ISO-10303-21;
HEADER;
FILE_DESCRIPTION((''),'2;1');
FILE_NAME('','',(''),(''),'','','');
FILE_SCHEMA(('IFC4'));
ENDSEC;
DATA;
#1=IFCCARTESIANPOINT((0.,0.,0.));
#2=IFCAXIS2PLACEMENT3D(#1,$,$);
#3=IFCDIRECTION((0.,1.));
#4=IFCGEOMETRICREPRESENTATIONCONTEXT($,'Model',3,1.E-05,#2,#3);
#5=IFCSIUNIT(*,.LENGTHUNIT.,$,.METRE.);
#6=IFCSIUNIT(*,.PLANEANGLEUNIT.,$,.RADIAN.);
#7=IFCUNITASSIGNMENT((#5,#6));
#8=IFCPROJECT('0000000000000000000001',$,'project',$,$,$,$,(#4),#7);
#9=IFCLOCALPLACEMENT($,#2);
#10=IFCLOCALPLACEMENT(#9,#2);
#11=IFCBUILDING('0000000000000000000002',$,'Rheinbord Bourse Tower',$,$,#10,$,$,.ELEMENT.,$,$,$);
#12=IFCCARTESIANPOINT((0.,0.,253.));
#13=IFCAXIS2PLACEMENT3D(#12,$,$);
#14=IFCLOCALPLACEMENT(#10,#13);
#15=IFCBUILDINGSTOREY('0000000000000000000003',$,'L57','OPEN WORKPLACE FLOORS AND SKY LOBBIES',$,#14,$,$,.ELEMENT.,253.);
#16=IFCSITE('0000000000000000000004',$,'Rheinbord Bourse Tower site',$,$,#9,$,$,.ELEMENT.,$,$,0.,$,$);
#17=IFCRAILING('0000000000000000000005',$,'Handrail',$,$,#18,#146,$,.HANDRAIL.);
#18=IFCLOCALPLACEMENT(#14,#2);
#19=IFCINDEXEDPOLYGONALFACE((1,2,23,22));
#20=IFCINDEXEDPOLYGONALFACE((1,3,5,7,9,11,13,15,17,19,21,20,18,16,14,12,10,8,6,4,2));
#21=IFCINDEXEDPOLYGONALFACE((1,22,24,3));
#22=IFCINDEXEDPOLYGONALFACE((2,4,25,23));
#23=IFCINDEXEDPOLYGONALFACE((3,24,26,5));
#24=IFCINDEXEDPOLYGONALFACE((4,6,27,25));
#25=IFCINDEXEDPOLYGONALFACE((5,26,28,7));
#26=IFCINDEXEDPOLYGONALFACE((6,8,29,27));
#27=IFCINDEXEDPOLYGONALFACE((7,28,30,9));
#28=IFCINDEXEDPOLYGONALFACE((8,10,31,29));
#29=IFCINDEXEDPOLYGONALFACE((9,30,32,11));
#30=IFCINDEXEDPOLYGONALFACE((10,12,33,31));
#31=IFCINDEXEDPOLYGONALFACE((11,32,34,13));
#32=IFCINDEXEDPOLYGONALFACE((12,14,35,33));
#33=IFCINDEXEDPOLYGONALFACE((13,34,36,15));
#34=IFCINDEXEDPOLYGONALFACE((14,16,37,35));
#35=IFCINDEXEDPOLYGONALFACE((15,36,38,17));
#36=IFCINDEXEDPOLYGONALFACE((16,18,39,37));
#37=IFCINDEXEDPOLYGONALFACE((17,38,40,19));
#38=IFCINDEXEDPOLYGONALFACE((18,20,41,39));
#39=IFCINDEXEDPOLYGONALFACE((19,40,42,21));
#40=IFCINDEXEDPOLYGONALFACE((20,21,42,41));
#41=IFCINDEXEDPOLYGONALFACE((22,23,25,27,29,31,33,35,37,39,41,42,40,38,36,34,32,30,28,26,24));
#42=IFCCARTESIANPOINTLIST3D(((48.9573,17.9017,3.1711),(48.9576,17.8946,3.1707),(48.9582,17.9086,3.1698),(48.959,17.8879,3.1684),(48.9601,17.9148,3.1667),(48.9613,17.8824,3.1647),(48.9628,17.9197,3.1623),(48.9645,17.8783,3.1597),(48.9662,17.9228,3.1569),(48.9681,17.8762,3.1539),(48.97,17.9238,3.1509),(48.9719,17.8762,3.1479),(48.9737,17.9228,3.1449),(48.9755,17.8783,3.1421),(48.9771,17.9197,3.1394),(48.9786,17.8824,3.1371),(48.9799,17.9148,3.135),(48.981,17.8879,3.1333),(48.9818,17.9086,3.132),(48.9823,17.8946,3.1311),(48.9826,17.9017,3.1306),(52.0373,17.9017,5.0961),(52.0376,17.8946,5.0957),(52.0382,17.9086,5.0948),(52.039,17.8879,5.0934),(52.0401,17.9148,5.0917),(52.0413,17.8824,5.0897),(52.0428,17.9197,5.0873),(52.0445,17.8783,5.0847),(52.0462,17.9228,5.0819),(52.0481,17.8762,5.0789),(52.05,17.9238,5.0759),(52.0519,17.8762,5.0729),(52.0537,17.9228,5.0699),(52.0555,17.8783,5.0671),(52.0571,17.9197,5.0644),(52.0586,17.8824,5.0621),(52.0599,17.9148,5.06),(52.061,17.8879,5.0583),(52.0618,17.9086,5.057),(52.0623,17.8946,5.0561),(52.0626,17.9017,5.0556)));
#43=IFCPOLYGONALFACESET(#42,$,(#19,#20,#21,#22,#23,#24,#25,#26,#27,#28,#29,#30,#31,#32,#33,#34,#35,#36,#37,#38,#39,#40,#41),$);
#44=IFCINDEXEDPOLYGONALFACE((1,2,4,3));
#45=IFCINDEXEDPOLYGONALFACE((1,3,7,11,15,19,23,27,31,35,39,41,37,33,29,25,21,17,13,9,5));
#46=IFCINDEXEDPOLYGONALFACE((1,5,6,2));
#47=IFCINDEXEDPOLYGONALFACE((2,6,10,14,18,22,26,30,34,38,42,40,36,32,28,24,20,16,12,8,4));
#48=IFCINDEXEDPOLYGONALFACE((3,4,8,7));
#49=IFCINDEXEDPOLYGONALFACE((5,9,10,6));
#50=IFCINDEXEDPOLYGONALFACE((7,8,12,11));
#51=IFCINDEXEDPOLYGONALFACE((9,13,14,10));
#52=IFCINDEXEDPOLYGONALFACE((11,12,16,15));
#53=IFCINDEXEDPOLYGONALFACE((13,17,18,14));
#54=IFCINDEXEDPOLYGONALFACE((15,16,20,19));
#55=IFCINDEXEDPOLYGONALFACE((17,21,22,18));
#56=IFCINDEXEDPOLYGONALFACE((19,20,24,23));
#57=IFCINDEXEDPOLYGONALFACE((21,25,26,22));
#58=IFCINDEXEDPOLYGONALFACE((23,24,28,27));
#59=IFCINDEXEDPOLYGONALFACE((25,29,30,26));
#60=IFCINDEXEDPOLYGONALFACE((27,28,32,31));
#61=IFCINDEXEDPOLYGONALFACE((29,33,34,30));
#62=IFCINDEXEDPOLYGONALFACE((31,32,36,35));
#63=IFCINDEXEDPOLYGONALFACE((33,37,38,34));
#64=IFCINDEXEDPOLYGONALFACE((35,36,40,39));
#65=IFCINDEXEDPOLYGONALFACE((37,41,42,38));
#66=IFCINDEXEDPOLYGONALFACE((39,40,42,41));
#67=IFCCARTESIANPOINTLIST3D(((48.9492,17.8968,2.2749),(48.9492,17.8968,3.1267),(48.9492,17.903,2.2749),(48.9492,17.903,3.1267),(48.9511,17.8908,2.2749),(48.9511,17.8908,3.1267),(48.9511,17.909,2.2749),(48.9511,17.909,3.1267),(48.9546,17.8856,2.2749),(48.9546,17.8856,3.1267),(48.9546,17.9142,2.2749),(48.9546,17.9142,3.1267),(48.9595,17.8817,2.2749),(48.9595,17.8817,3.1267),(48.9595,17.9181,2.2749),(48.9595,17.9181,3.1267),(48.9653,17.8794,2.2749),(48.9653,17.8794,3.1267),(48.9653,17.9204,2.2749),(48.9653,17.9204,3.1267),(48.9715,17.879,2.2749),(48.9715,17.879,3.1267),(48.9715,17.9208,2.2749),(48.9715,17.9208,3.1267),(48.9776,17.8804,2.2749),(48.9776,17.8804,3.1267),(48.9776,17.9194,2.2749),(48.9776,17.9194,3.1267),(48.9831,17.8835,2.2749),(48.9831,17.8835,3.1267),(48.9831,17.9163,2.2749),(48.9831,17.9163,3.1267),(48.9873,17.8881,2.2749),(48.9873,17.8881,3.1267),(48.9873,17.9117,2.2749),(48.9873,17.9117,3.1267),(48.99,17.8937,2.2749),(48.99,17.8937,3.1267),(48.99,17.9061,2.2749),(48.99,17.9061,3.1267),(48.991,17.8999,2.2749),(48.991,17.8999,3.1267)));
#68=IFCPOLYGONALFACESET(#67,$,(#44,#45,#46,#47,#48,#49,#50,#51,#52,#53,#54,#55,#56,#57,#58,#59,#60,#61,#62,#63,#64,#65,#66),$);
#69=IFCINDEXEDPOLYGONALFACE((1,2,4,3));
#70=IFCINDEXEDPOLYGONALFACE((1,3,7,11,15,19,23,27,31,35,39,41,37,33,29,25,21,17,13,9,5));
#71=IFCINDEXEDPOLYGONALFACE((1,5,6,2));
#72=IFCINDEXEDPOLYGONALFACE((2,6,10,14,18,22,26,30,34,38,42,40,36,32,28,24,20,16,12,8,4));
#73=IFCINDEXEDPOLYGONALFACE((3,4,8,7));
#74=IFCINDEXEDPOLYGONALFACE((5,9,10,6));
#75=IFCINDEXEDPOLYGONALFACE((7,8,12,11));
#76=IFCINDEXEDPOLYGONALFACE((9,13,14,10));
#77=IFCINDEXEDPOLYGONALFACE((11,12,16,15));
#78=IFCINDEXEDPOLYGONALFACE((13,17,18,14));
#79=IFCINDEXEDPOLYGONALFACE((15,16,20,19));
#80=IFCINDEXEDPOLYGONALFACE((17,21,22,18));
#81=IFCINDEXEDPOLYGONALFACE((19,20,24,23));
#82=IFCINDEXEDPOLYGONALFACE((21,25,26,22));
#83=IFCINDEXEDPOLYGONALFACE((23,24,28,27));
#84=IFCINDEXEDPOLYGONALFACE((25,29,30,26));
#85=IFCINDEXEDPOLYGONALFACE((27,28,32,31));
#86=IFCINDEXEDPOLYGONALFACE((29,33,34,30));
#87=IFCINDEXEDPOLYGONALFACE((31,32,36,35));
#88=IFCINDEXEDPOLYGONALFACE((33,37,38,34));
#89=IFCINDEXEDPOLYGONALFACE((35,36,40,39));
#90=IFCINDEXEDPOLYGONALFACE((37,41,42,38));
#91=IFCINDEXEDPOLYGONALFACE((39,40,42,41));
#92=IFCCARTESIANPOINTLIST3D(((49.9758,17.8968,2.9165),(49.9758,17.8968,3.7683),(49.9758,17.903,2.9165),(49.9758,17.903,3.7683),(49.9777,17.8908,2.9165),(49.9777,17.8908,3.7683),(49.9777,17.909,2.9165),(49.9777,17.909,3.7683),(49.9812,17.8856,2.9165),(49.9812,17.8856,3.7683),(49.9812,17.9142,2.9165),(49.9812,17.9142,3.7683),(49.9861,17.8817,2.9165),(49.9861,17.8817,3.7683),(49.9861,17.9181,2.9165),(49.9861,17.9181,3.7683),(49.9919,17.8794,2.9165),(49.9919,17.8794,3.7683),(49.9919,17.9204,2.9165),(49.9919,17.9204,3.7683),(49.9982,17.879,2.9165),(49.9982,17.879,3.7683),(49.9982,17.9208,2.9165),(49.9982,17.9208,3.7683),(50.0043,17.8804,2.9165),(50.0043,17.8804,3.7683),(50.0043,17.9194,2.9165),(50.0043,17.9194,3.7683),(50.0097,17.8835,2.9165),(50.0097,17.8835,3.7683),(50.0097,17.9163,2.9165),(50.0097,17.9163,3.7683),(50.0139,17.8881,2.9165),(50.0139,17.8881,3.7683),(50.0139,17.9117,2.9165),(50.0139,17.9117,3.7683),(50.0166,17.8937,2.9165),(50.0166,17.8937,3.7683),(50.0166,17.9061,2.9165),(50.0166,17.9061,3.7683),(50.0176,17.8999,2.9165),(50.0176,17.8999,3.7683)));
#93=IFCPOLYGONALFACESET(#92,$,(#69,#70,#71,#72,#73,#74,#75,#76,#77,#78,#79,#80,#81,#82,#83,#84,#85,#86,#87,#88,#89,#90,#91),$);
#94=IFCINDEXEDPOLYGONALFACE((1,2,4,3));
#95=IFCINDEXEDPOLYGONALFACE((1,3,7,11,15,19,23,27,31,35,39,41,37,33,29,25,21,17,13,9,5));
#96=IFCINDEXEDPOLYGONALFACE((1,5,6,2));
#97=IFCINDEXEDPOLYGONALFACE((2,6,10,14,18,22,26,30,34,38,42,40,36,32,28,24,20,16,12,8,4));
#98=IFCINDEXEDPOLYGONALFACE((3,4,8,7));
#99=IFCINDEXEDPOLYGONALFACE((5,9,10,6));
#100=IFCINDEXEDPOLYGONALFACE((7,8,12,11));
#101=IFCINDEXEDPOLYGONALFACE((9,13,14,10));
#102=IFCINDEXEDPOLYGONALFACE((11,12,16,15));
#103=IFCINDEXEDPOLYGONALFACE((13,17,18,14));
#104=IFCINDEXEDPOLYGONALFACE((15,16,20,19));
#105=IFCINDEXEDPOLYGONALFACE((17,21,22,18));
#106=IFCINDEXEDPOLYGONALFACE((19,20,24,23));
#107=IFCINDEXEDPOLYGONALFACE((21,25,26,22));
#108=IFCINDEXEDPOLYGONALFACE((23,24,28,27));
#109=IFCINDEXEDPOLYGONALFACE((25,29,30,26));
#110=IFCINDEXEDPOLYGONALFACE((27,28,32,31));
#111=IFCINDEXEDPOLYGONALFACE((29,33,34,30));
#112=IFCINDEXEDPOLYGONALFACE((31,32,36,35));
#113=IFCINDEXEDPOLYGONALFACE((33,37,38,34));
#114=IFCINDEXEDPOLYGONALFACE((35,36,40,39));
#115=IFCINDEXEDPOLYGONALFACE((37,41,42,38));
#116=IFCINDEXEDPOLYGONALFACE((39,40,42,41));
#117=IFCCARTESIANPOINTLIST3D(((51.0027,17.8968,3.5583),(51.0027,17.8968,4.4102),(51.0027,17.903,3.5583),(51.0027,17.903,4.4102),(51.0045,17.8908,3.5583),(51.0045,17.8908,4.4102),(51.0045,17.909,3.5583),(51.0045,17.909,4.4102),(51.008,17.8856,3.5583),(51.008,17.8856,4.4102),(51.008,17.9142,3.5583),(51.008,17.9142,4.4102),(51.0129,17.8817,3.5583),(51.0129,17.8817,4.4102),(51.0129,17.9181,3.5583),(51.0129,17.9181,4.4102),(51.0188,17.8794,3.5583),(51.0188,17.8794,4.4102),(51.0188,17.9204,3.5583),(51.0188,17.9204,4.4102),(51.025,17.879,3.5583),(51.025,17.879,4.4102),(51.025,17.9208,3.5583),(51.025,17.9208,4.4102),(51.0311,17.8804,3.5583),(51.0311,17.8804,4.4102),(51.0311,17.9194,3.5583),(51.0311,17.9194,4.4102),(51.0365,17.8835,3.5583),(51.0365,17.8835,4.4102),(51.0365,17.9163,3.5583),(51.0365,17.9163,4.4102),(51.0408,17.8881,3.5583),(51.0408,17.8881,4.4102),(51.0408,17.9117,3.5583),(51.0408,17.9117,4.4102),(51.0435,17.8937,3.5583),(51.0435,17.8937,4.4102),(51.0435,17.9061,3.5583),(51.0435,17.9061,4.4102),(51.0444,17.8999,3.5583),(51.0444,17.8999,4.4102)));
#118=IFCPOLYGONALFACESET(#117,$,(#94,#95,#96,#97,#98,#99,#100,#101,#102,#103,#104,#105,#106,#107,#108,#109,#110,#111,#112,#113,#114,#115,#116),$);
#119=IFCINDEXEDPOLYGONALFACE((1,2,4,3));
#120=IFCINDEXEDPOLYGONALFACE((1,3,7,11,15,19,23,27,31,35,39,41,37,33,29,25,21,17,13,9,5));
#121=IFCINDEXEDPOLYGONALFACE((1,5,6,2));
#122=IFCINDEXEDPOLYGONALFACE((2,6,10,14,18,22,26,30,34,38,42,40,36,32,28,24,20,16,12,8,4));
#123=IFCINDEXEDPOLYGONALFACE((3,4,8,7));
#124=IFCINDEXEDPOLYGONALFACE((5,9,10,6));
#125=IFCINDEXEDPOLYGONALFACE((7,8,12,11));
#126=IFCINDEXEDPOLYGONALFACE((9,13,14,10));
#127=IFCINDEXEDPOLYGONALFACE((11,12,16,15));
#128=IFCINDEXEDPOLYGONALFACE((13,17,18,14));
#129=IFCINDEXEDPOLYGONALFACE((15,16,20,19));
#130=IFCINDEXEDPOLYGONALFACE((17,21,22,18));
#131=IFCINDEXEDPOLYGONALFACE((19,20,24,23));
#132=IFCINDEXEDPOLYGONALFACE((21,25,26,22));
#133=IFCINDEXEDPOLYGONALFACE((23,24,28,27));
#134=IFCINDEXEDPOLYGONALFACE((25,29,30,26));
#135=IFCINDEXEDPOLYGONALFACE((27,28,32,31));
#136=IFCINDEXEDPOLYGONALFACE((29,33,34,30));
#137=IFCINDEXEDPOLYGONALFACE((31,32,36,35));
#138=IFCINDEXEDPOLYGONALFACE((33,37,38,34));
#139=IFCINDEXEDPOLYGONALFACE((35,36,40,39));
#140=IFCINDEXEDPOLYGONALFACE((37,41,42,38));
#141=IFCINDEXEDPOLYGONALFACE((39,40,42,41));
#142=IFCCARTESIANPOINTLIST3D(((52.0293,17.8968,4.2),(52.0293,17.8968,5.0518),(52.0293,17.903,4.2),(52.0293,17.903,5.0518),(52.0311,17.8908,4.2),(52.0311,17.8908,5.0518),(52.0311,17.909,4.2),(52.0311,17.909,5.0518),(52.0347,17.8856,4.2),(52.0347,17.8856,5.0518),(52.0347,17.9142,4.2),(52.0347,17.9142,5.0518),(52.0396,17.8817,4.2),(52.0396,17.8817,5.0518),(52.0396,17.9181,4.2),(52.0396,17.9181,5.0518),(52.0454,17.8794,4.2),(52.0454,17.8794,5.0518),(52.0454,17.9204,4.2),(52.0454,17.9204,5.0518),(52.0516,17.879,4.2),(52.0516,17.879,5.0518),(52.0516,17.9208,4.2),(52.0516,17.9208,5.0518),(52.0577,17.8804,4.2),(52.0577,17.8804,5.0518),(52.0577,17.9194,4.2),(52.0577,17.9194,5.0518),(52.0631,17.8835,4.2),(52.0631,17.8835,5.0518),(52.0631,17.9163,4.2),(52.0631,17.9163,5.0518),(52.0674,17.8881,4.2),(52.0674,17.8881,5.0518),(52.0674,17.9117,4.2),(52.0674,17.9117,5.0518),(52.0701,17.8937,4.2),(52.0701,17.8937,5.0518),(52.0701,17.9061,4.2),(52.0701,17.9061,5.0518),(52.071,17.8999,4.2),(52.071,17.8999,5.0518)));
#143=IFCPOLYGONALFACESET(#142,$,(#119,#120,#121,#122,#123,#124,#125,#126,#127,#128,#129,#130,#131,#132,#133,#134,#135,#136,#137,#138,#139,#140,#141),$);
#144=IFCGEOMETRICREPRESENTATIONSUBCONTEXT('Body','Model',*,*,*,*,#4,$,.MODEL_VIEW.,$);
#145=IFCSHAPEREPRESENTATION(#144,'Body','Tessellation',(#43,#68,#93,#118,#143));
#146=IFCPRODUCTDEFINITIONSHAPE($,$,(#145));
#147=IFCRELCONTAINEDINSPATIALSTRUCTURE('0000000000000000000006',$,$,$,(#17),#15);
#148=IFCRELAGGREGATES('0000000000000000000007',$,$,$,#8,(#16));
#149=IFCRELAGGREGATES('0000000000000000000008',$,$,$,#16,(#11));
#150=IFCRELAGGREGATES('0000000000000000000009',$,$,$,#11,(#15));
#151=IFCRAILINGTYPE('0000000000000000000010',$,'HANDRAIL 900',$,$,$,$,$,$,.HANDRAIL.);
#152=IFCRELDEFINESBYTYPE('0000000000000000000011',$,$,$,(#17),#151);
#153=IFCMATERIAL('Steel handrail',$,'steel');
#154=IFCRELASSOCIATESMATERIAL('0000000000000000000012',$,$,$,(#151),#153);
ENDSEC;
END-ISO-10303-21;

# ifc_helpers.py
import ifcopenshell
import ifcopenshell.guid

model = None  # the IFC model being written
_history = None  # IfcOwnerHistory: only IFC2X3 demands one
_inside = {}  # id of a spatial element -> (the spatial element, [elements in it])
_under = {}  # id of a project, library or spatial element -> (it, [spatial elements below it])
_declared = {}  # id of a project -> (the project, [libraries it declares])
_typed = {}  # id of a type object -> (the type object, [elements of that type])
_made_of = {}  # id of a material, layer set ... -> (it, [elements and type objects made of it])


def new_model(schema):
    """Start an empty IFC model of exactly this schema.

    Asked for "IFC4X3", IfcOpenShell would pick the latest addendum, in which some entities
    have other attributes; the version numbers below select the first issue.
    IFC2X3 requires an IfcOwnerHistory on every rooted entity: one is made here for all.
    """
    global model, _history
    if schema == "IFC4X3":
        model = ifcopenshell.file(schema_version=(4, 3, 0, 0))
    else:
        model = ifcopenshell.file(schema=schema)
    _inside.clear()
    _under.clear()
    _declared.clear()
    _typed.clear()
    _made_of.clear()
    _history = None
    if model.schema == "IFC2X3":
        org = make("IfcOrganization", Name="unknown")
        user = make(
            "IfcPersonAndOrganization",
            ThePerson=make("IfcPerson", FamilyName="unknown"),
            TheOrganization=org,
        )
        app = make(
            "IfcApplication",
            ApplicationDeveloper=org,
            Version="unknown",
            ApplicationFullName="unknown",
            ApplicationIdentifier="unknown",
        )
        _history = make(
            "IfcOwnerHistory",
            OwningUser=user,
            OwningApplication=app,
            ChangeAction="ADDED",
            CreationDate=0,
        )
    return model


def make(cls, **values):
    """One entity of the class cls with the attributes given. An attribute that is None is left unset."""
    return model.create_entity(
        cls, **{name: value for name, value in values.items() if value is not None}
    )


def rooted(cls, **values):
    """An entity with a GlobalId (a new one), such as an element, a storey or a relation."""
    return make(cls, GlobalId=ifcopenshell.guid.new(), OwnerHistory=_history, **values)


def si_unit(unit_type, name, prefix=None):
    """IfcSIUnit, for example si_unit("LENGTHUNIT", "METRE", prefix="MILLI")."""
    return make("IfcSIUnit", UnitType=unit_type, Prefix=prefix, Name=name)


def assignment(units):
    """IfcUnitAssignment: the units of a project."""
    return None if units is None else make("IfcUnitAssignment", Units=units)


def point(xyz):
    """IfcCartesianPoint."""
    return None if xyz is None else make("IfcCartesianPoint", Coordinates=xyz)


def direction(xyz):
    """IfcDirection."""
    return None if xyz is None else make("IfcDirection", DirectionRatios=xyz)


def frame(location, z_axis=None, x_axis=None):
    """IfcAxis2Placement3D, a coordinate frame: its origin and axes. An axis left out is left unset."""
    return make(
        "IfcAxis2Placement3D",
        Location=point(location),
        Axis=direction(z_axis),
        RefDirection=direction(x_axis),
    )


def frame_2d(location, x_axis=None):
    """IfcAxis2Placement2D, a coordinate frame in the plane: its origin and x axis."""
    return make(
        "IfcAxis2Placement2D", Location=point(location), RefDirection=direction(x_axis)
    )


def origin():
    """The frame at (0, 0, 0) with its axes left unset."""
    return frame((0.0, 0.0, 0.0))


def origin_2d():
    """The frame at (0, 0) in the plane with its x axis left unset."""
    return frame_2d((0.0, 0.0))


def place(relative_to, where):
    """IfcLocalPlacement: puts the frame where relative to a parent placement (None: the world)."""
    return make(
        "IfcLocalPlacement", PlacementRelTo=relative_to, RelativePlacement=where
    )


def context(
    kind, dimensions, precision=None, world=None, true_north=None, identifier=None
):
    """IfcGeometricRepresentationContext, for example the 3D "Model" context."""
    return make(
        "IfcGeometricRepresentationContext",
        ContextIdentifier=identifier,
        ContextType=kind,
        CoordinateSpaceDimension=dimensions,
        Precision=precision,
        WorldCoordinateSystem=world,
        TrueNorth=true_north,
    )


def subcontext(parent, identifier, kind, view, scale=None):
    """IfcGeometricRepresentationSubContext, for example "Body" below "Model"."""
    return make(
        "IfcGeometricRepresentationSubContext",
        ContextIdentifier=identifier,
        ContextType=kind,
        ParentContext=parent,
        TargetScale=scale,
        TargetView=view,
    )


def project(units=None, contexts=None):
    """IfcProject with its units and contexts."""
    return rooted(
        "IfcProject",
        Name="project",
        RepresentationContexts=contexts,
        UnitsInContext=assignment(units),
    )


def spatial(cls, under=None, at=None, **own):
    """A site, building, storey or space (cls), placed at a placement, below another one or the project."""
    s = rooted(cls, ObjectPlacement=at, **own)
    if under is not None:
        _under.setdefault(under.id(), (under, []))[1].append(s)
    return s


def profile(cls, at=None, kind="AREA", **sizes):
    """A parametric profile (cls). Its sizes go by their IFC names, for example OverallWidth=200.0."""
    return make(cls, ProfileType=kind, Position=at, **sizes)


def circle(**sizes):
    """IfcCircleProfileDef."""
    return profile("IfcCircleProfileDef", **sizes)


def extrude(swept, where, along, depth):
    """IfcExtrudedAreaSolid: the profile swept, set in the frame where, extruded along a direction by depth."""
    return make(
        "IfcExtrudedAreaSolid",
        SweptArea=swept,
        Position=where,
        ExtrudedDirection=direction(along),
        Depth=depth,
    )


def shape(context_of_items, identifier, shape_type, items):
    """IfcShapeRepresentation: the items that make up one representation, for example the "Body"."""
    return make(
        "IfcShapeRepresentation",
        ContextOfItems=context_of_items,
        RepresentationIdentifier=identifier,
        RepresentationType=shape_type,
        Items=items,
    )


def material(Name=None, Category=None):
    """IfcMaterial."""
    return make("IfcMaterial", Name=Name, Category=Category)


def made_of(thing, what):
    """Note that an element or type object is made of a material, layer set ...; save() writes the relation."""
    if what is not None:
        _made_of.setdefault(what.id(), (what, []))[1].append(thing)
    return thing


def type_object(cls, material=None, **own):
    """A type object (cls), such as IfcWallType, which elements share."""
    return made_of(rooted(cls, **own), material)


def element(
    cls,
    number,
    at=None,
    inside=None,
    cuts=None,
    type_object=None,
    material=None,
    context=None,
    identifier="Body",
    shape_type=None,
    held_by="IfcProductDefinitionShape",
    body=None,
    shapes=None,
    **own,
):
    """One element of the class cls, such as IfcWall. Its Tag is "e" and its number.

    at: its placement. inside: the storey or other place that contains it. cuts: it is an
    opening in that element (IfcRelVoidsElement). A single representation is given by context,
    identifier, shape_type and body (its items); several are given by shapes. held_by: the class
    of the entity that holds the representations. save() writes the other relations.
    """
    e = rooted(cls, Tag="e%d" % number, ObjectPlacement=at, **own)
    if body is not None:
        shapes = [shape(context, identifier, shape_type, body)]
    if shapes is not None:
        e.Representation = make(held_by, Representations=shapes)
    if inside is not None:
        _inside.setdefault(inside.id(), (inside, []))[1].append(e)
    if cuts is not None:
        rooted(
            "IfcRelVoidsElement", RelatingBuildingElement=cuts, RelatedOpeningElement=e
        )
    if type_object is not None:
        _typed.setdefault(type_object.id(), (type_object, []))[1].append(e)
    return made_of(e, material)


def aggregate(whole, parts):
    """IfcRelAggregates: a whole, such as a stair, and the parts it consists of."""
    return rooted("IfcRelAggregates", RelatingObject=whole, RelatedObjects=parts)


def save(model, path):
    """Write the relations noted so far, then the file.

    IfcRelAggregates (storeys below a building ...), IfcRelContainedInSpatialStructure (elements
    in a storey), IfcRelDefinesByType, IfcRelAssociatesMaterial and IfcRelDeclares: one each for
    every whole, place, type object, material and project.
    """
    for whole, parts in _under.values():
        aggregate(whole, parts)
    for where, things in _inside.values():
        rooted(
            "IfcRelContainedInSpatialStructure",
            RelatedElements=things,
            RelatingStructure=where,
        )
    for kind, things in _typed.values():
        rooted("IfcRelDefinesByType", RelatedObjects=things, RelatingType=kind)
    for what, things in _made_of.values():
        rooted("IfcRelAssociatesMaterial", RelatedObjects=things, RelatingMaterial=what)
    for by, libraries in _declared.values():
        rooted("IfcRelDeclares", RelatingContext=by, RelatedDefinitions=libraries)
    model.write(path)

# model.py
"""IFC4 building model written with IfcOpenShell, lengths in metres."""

from ifc_helpers import new_model, si_unit, direction, frame, origin, origin_2d, place, context, subcontext, project, spatial, circle, extrude, material, type_object, element, save


model = new_model("IFC4")

# Units and contexts
model_context = context("Model", 3, precision=1e-05, world=origin(), true_north=direction((0.0, 1.0)))
body_context = subcontext(model_context, "Body", "Model", "MODEL_VIEW")
ifc_project = project(units=[si_unit("LENGTHUNIT", "METRE"), si_unit("PLANEANGLEUNIT", "RADIAN")], contexts=[model_context])

# Site, building, storey
site_placement = place(None, origin())
site = spatial("IfcSite", under=ifc_project, at=site_placement, Name="Rheinbord Bourse Tower site", CompositionType="ELEMENT", RefElevation=0.0)
building_placement = place(site_placement, origin())
building = spatial("IfcBuilding", under=site, at=building_placement, Name="Rheinbord Bourse Tower", CompositionType="ELEMENT")
storey_placement = place(building_placement, frame((0.0, 0.0, 253.0)))
storey = spatial("IfcBuildingStorey", under=building, at=storey_placement, Name="L57", Description="OPEN WORKPLACE FLOORS AND SKY LOBBIES", CompositionType="ELEMENT", Elevation=253.0)

# Railing
ifc_material_1 = material(Name="Steel handrail", Category="steel")
railing_type = type_object("IfcRailingType", Name="HANDRAIL 900", PredefinedType="HANDRAIL", material=ifc_material_1)
railing_1_placement = place(storey_placement, frame((48.97, 17.8999, 2.2749)))
element("IfcRailing", 1, at=railing_1_placement, inside=storey, type_object=railing_type, Name="Handrail", PredefinedType="HANDRAIL", context=body_context, shape_type="SweptSolid", body=[
    extrude(circle(Radius=0.0239, at=origin_2d()), frame((0.0, 0.0, 0.876), z_axis=(0.847998, 0.0, 0.529999), x_axis=(0.0, 1.0, 0.0)), (0.0, 0.0, 1.0), 3.6321),
    extrude(circle(Radius=0.021, at=origin_2d()), origin(), (0.0, 0.0, 1.0), 0.8518),
    extrude(circle(Radius=0.021, at=origin_2d()), frame((1.0266, 0.0, 0.6416)), (0.0, 0.0, 1.0), 0.8518),
    extrude(circle(Radius=0.021, at=origin_2d()), frame((2.0535, 0.0, 1.2834)), (0.0, 0.0, 1.0), 0.8518),
    extrude(circle(Radius=0.021, at=origin_2d()), frame((3.0801, 0.0, 1.925)), (0.0, 0.0, 1.0), 0.8518),
])

save(model, "model.ifc")
